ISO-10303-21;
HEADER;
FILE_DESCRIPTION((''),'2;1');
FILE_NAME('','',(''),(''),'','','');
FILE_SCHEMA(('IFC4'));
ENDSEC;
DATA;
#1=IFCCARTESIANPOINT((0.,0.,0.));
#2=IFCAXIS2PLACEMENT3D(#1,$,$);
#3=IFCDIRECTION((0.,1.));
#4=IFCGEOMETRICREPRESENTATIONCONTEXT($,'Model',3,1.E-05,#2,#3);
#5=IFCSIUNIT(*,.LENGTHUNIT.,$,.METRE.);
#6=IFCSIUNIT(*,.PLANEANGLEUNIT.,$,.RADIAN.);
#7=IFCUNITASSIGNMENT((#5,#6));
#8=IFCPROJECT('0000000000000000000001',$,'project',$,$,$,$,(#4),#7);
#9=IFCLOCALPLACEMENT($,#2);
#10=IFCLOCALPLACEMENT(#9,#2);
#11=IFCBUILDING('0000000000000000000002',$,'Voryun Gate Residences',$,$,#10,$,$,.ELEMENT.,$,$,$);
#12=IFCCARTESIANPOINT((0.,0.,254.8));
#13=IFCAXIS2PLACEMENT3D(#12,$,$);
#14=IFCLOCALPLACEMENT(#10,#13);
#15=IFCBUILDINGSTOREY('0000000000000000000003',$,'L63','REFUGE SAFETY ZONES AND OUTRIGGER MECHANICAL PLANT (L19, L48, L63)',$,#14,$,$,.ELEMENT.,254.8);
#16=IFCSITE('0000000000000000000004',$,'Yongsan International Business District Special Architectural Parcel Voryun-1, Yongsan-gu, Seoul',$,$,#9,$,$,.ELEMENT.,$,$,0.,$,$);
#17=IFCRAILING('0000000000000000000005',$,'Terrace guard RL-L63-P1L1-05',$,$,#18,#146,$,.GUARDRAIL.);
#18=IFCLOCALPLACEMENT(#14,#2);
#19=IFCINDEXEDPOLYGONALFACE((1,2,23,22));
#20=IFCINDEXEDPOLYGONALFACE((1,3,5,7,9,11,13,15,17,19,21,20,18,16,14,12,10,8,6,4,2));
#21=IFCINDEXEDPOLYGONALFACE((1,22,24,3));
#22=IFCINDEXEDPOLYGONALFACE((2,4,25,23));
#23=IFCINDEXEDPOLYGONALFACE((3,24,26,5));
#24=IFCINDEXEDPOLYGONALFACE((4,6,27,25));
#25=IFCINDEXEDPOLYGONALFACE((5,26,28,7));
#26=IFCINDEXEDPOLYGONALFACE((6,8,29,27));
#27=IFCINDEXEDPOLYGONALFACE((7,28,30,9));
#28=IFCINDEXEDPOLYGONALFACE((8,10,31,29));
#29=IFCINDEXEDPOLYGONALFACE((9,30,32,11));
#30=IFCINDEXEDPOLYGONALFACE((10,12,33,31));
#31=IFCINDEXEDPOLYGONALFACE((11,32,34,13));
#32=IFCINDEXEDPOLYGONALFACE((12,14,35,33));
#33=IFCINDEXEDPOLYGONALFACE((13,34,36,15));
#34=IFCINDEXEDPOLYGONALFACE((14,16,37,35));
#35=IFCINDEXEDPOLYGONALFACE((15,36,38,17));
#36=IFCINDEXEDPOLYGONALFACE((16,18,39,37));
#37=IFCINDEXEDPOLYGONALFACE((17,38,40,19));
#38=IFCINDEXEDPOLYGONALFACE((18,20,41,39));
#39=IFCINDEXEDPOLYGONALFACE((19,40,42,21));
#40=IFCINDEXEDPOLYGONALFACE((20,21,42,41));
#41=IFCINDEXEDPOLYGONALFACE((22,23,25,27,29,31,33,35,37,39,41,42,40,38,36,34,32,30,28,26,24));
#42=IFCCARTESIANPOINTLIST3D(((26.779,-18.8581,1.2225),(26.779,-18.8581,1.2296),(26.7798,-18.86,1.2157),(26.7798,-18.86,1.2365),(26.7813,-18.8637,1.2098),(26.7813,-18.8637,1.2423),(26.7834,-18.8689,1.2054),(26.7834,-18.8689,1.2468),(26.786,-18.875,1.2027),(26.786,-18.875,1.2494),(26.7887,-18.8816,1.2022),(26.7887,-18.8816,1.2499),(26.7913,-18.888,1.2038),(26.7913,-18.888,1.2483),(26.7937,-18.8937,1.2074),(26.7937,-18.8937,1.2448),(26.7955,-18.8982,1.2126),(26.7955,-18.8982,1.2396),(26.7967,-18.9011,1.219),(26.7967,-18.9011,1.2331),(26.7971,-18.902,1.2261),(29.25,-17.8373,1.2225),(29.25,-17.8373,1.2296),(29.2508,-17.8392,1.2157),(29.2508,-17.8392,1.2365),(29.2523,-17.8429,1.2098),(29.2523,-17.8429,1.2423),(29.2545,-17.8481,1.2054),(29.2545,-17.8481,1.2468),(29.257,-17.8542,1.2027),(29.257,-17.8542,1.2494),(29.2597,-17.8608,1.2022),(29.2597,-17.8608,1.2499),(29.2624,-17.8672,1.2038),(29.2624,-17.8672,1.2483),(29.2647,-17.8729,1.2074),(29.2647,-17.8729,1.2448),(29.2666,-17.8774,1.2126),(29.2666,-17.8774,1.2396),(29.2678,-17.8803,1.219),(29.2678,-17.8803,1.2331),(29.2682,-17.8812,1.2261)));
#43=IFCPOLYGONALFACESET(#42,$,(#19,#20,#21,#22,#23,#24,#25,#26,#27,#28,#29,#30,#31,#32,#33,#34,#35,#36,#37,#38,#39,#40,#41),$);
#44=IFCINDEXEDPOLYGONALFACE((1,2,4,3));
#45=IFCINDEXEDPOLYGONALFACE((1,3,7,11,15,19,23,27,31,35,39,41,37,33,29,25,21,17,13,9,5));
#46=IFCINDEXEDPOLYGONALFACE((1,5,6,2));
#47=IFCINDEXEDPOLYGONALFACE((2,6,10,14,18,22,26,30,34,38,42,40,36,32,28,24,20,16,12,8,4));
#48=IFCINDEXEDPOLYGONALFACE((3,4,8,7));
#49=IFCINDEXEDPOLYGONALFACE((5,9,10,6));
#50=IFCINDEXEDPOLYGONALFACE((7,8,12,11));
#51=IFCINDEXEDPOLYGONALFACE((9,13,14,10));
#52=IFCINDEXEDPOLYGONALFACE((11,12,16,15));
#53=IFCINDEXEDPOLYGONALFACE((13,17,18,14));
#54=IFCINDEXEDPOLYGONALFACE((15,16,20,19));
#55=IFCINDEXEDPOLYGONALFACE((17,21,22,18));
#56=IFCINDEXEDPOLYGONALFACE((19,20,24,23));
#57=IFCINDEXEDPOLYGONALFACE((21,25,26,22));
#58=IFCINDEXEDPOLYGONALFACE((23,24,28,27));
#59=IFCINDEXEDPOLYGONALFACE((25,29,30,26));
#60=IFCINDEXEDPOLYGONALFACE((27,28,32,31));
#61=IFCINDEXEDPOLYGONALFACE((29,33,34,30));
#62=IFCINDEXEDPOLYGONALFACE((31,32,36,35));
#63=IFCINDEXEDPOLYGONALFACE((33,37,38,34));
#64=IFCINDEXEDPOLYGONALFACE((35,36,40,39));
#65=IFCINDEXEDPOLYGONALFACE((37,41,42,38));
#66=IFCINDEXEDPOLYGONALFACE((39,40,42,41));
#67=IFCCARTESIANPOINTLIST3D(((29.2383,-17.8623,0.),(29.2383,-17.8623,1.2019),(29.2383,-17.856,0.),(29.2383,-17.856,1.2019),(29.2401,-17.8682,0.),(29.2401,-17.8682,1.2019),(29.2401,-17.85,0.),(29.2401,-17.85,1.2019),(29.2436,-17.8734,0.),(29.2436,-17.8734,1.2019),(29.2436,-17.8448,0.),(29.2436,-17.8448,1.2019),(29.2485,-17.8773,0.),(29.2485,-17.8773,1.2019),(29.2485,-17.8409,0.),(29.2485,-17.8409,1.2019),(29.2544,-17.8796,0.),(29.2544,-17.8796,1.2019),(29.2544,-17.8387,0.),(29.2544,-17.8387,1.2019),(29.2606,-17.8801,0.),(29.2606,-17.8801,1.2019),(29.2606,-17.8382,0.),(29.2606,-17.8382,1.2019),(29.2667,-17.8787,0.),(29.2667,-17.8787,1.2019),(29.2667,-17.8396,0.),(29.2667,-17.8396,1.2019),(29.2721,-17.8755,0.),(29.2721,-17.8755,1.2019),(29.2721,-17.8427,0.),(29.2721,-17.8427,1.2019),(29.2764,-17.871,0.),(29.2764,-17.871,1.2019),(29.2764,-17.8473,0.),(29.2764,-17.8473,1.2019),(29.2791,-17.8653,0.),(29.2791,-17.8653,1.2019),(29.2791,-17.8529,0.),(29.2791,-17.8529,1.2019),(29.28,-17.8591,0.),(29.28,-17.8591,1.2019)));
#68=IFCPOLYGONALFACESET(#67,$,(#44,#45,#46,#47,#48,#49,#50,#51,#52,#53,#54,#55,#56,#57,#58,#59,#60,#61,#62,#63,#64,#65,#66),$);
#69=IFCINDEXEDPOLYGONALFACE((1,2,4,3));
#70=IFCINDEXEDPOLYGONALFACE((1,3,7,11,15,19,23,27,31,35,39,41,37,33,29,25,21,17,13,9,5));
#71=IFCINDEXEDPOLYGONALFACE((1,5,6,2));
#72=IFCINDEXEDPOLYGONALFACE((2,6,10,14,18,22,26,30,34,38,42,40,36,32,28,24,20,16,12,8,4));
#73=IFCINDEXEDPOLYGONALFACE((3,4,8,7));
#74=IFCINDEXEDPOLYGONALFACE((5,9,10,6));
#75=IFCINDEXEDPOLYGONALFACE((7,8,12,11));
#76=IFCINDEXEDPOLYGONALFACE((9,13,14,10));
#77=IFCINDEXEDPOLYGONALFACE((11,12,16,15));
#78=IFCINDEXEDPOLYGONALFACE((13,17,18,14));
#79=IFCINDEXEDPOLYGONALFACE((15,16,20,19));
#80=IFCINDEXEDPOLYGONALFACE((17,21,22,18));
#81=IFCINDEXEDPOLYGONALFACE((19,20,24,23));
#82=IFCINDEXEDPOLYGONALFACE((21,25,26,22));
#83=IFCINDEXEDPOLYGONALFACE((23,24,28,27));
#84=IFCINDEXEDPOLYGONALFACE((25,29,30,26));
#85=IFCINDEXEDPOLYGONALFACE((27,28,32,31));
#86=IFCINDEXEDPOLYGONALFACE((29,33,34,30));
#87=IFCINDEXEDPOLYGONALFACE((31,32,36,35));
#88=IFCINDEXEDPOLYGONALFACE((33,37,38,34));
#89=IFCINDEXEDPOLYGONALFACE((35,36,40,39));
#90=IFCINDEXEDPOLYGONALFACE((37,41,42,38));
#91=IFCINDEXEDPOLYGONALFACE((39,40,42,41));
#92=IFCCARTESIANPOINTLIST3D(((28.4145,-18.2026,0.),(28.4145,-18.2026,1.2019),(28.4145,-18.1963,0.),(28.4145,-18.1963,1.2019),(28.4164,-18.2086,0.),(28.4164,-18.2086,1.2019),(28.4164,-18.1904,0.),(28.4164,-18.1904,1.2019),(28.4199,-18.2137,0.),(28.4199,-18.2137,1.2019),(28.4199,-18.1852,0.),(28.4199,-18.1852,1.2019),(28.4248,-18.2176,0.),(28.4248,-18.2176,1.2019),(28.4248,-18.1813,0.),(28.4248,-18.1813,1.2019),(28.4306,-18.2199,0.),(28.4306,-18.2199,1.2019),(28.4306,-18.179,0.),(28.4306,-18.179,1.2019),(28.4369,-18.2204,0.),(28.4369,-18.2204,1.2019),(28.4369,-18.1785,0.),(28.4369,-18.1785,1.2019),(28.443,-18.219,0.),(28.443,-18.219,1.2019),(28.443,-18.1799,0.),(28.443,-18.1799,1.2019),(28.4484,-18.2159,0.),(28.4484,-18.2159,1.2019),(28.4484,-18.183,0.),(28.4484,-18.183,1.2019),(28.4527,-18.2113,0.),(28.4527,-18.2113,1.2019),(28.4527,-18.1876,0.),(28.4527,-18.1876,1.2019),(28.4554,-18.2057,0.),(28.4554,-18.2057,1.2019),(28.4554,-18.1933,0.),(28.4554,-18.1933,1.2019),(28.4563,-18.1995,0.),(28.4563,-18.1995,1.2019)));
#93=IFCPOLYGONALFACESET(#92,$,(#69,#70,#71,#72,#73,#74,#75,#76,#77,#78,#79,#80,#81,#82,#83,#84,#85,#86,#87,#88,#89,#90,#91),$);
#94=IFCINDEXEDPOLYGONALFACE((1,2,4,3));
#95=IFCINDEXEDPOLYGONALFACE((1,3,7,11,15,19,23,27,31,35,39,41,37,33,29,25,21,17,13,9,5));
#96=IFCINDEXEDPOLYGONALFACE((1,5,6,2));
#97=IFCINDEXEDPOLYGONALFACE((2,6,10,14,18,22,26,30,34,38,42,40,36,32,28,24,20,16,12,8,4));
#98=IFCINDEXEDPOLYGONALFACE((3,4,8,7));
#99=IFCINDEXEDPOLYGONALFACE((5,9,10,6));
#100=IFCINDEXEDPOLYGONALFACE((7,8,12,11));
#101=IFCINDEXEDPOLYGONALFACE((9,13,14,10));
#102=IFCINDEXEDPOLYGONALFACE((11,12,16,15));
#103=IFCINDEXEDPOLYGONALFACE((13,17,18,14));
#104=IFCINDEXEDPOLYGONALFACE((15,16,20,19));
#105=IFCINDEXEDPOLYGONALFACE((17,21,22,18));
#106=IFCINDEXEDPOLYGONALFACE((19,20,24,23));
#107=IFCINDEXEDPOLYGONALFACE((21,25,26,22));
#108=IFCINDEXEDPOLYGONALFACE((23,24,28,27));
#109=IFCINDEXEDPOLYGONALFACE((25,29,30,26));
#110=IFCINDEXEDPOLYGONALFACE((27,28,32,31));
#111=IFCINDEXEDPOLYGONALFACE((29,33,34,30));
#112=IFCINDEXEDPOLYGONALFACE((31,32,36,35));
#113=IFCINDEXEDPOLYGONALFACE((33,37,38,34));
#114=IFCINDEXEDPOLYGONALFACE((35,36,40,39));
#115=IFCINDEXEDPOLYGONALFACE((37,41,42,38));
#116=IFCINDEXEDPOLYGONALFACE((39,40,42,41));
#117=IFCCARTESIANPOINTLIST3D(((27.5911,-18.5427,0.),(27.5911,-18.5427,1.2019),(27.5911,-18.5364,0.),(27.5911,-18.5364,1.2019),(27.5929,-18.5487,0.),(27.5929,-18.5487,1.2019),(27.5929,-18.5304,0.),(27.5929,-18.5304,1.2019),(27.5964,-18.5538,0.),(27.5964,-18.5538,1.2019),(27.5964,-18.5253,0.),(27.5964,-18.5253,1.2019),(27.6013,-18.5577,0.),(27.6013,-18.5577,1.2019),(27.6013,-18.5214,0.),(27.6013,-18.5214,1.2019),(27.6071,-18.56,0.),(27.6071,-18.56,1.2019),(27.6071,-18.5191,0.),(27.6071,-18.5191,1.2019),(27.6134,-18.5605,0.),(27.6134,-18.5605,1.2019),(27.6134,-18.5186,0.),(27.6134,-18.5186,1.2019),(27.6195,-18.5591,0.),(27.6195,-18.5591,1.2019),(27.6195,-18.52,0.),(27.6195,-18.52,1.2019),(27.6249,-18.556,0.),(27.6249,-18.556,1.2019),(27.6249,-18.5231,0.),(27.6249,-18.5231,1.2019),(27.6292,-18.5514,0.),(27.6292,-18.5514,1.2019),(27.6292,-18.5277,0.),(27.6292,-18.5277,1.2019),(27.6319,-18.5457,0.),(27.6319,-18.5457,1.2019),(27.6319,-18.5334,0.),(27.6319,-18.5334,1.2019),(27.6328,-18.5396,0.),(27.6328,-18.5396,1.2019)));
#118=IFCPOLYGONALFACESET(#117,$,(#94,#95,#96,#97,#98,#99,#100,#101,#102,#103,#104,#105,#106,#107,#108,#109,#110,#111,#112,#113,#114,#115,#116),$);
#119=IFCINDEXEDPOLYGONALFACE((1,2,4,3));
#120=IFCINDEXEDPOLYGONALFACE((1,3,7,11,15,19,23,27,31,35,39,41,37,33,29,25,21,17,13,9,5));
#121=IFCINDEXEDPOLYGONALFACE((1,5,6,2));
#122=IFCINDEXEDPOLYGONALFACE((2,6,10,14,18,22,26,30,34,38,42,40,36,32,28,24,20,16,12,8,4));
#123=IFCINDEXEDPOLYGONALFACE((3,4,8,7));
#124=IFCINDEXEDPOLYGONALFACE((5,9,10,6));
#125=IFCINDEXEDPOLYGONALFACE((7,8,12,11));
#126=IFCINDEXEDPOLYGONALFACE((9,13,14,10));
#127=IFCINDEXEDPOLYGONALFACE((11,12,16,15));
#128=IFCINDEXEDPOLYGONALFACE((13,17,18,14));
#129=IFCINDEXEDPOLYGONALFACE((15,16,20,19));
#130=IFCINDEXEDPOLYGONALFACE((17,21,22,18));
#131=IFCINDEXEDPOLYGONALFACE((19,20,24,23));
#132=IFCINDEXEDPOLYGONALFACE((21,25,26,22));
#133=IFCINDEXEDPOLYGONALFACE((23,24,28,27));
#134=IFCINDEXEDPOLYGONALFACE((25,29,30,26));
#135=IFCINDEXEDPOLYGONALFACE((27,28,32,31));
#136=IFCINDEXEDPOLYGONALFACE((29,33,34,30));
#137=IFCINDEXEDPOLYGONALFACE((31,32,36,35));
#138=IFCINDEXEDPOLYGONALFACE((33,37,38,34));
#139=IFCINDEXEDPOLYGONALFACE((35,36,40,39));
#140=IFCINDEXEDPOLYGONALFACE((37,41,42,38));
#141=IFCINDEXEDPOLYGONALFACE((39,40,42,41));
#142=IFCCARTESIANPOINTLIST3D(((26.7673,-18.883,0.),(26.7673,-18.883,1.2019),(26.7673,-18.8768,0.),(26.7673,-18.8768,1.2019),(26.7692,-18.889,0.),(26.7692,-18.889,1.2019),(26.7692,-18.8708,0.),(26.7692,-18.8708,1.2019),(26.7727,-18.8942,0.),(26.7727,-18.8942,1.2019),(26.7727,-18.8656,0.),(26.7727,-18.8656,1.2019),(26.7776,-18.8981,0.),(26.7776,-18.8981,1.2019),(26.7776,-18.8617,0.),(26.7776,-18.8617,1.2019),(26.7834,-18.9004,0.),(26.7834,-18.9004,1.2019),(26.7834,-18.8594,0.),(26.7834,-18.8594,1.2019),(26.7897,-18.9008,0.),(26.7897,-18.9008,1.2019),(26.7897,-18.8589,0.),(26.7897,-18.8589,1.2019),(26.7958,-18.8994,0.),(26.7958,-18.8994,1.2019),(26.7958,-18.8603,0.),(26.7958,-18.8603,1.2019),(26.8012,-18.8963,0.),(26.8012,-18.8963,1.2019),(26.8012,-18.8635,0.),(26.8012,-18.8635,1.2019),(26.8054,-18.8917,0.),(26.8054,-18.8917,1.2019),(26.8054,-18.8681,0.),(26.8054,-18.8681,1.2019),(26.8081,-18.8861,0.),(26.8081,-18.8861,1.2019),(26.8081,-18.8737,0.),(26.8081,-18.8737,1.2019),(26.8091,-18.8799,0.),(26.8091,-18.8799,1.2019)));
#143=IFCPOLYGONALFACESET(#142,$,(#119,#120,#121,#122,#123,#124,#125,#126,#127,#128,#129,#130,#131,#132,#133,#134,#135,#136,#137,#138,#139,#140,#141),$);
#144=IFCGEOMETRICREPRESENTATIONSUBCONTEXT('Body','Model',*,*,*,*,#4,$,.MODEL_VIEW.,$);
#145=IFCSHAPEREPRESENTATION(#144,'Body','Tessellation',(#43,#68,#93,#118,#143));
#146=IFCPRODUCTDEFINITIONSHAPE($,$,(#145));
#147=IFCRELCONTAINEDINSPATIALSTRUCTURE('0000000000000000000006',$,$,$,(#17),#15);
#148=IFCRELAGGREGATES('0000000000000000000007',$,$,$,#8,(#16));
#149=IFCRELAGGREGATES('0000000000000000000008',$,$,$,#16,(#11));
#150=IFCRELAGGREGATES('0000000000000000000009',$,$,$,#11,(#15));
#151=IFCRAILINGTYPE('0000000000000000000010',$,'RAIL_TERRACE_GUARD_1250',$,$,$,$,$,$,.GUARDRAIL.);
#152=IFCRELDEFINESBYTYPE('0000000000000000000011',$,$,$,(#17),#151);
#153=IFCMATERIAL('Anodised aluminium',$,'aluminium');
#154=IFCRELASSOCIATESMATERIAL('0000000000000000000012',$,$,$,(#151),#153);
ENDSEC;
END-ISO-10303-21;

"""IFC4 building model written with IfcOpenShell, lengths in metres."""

from ifc_helpers import new_model, si_unit, direction, frame, origin, origin_2d, place, context, subcontext, project, spatial, circle, extrude, material, type_object, element, save


model = new_model("IFC4")

# Units and contexts
model_context = context("Model", 3, precision=1e-05, world=origin(), true_north=direction((0.0, 1.0)))
body_context = subcontext(model_context, "Body", "Model", "MODEL_VIEW")
ifc_project = project(units=[si_unit("LENGTHUNIT", "METRE"), si_unit("PLANEANGLEUNIT", "RADIAN")], contexts=[model_context])

# Site, building, storey
site_placement = place(None, origin())
site = spatial("IfcSite", under=ifc_project, at=site_placement, Name="Yongsan International Business District Special Architectural Parcel Voryun-1, Yongsan-gu, Seoul", CompositionType="ELEMENT", RefElevation=0.0)
building_placement = place(site_placement, origin())
building = spatial("IfcBuilding", under=site, at=building_placement, Name="Voryun Gate Residences", CompositionType="ELEMENT")
storey_placement = place(building_placement, frame((0.0, 0.0, 254.8)))
storey = spatial("IfcBuildingStorey", under=building, at=storey_placement, Name="L63", Description="REFUGE SAFETY ZONES AND OUTRIGGER MECHANICAL PLANT (L19, L48, L63)", CompositionType="ELEMENT", Elevation=254.8)

# Railing
ifc_material_1 = material(Name="Anodised aluminium", Category="aluminium")
railing_type = type_object("IfcRailingType", Name="RAIL_TERRACE_GUARD_1250", PredefinedType="GUARDRAIL", material=ifc_material_1)
railing_1_placement = place(storey_placement, frame((29.259, -17.8591, 0.0)))
element("IfcRailing", 1, at=railing_1_placement, inside=storey, type_object=railing_type, Name="Terrace guard RL-L63-P1L1-05", PredefinedType="GUARDRAIL", context=body_context, shape_type="SweptSolid", body=[
    extrude(circle(Radius=0.0239, at=origin_2d()), frame((0.0, 0.0, 1.2261), z_axis=(-0.924243, -0.381806, 0.0), x_axis=(0.381806, -0.924243, 0.0)), (0.0, 0.0, 1.0), 2.6736),
    extrude(circle(Radius=0.021, at=origin_2d()), origin(), (0.0, 0.0, 1.0), 1.2019),
    extrude(circle(Radius=0.021, at=origin_2d()), frame((-0.8237, -0.3403, 0.0)), (0.0, 0.0, 1.0), 1.2019),
    extrude(circle(Radius=0.021, at=origin_2d()), frame((-1.6472, -0.6804, 0.0)), (0.0, 0.0, 1.0), 1.2019),
    extrude(circle(Radius=0.021, at=origin_2d()), frame((-2.4709, -1.0208, 0.0)), (0.0, 0.0, 1.0), 1.2019),
])

save(model, "model.ifc")
